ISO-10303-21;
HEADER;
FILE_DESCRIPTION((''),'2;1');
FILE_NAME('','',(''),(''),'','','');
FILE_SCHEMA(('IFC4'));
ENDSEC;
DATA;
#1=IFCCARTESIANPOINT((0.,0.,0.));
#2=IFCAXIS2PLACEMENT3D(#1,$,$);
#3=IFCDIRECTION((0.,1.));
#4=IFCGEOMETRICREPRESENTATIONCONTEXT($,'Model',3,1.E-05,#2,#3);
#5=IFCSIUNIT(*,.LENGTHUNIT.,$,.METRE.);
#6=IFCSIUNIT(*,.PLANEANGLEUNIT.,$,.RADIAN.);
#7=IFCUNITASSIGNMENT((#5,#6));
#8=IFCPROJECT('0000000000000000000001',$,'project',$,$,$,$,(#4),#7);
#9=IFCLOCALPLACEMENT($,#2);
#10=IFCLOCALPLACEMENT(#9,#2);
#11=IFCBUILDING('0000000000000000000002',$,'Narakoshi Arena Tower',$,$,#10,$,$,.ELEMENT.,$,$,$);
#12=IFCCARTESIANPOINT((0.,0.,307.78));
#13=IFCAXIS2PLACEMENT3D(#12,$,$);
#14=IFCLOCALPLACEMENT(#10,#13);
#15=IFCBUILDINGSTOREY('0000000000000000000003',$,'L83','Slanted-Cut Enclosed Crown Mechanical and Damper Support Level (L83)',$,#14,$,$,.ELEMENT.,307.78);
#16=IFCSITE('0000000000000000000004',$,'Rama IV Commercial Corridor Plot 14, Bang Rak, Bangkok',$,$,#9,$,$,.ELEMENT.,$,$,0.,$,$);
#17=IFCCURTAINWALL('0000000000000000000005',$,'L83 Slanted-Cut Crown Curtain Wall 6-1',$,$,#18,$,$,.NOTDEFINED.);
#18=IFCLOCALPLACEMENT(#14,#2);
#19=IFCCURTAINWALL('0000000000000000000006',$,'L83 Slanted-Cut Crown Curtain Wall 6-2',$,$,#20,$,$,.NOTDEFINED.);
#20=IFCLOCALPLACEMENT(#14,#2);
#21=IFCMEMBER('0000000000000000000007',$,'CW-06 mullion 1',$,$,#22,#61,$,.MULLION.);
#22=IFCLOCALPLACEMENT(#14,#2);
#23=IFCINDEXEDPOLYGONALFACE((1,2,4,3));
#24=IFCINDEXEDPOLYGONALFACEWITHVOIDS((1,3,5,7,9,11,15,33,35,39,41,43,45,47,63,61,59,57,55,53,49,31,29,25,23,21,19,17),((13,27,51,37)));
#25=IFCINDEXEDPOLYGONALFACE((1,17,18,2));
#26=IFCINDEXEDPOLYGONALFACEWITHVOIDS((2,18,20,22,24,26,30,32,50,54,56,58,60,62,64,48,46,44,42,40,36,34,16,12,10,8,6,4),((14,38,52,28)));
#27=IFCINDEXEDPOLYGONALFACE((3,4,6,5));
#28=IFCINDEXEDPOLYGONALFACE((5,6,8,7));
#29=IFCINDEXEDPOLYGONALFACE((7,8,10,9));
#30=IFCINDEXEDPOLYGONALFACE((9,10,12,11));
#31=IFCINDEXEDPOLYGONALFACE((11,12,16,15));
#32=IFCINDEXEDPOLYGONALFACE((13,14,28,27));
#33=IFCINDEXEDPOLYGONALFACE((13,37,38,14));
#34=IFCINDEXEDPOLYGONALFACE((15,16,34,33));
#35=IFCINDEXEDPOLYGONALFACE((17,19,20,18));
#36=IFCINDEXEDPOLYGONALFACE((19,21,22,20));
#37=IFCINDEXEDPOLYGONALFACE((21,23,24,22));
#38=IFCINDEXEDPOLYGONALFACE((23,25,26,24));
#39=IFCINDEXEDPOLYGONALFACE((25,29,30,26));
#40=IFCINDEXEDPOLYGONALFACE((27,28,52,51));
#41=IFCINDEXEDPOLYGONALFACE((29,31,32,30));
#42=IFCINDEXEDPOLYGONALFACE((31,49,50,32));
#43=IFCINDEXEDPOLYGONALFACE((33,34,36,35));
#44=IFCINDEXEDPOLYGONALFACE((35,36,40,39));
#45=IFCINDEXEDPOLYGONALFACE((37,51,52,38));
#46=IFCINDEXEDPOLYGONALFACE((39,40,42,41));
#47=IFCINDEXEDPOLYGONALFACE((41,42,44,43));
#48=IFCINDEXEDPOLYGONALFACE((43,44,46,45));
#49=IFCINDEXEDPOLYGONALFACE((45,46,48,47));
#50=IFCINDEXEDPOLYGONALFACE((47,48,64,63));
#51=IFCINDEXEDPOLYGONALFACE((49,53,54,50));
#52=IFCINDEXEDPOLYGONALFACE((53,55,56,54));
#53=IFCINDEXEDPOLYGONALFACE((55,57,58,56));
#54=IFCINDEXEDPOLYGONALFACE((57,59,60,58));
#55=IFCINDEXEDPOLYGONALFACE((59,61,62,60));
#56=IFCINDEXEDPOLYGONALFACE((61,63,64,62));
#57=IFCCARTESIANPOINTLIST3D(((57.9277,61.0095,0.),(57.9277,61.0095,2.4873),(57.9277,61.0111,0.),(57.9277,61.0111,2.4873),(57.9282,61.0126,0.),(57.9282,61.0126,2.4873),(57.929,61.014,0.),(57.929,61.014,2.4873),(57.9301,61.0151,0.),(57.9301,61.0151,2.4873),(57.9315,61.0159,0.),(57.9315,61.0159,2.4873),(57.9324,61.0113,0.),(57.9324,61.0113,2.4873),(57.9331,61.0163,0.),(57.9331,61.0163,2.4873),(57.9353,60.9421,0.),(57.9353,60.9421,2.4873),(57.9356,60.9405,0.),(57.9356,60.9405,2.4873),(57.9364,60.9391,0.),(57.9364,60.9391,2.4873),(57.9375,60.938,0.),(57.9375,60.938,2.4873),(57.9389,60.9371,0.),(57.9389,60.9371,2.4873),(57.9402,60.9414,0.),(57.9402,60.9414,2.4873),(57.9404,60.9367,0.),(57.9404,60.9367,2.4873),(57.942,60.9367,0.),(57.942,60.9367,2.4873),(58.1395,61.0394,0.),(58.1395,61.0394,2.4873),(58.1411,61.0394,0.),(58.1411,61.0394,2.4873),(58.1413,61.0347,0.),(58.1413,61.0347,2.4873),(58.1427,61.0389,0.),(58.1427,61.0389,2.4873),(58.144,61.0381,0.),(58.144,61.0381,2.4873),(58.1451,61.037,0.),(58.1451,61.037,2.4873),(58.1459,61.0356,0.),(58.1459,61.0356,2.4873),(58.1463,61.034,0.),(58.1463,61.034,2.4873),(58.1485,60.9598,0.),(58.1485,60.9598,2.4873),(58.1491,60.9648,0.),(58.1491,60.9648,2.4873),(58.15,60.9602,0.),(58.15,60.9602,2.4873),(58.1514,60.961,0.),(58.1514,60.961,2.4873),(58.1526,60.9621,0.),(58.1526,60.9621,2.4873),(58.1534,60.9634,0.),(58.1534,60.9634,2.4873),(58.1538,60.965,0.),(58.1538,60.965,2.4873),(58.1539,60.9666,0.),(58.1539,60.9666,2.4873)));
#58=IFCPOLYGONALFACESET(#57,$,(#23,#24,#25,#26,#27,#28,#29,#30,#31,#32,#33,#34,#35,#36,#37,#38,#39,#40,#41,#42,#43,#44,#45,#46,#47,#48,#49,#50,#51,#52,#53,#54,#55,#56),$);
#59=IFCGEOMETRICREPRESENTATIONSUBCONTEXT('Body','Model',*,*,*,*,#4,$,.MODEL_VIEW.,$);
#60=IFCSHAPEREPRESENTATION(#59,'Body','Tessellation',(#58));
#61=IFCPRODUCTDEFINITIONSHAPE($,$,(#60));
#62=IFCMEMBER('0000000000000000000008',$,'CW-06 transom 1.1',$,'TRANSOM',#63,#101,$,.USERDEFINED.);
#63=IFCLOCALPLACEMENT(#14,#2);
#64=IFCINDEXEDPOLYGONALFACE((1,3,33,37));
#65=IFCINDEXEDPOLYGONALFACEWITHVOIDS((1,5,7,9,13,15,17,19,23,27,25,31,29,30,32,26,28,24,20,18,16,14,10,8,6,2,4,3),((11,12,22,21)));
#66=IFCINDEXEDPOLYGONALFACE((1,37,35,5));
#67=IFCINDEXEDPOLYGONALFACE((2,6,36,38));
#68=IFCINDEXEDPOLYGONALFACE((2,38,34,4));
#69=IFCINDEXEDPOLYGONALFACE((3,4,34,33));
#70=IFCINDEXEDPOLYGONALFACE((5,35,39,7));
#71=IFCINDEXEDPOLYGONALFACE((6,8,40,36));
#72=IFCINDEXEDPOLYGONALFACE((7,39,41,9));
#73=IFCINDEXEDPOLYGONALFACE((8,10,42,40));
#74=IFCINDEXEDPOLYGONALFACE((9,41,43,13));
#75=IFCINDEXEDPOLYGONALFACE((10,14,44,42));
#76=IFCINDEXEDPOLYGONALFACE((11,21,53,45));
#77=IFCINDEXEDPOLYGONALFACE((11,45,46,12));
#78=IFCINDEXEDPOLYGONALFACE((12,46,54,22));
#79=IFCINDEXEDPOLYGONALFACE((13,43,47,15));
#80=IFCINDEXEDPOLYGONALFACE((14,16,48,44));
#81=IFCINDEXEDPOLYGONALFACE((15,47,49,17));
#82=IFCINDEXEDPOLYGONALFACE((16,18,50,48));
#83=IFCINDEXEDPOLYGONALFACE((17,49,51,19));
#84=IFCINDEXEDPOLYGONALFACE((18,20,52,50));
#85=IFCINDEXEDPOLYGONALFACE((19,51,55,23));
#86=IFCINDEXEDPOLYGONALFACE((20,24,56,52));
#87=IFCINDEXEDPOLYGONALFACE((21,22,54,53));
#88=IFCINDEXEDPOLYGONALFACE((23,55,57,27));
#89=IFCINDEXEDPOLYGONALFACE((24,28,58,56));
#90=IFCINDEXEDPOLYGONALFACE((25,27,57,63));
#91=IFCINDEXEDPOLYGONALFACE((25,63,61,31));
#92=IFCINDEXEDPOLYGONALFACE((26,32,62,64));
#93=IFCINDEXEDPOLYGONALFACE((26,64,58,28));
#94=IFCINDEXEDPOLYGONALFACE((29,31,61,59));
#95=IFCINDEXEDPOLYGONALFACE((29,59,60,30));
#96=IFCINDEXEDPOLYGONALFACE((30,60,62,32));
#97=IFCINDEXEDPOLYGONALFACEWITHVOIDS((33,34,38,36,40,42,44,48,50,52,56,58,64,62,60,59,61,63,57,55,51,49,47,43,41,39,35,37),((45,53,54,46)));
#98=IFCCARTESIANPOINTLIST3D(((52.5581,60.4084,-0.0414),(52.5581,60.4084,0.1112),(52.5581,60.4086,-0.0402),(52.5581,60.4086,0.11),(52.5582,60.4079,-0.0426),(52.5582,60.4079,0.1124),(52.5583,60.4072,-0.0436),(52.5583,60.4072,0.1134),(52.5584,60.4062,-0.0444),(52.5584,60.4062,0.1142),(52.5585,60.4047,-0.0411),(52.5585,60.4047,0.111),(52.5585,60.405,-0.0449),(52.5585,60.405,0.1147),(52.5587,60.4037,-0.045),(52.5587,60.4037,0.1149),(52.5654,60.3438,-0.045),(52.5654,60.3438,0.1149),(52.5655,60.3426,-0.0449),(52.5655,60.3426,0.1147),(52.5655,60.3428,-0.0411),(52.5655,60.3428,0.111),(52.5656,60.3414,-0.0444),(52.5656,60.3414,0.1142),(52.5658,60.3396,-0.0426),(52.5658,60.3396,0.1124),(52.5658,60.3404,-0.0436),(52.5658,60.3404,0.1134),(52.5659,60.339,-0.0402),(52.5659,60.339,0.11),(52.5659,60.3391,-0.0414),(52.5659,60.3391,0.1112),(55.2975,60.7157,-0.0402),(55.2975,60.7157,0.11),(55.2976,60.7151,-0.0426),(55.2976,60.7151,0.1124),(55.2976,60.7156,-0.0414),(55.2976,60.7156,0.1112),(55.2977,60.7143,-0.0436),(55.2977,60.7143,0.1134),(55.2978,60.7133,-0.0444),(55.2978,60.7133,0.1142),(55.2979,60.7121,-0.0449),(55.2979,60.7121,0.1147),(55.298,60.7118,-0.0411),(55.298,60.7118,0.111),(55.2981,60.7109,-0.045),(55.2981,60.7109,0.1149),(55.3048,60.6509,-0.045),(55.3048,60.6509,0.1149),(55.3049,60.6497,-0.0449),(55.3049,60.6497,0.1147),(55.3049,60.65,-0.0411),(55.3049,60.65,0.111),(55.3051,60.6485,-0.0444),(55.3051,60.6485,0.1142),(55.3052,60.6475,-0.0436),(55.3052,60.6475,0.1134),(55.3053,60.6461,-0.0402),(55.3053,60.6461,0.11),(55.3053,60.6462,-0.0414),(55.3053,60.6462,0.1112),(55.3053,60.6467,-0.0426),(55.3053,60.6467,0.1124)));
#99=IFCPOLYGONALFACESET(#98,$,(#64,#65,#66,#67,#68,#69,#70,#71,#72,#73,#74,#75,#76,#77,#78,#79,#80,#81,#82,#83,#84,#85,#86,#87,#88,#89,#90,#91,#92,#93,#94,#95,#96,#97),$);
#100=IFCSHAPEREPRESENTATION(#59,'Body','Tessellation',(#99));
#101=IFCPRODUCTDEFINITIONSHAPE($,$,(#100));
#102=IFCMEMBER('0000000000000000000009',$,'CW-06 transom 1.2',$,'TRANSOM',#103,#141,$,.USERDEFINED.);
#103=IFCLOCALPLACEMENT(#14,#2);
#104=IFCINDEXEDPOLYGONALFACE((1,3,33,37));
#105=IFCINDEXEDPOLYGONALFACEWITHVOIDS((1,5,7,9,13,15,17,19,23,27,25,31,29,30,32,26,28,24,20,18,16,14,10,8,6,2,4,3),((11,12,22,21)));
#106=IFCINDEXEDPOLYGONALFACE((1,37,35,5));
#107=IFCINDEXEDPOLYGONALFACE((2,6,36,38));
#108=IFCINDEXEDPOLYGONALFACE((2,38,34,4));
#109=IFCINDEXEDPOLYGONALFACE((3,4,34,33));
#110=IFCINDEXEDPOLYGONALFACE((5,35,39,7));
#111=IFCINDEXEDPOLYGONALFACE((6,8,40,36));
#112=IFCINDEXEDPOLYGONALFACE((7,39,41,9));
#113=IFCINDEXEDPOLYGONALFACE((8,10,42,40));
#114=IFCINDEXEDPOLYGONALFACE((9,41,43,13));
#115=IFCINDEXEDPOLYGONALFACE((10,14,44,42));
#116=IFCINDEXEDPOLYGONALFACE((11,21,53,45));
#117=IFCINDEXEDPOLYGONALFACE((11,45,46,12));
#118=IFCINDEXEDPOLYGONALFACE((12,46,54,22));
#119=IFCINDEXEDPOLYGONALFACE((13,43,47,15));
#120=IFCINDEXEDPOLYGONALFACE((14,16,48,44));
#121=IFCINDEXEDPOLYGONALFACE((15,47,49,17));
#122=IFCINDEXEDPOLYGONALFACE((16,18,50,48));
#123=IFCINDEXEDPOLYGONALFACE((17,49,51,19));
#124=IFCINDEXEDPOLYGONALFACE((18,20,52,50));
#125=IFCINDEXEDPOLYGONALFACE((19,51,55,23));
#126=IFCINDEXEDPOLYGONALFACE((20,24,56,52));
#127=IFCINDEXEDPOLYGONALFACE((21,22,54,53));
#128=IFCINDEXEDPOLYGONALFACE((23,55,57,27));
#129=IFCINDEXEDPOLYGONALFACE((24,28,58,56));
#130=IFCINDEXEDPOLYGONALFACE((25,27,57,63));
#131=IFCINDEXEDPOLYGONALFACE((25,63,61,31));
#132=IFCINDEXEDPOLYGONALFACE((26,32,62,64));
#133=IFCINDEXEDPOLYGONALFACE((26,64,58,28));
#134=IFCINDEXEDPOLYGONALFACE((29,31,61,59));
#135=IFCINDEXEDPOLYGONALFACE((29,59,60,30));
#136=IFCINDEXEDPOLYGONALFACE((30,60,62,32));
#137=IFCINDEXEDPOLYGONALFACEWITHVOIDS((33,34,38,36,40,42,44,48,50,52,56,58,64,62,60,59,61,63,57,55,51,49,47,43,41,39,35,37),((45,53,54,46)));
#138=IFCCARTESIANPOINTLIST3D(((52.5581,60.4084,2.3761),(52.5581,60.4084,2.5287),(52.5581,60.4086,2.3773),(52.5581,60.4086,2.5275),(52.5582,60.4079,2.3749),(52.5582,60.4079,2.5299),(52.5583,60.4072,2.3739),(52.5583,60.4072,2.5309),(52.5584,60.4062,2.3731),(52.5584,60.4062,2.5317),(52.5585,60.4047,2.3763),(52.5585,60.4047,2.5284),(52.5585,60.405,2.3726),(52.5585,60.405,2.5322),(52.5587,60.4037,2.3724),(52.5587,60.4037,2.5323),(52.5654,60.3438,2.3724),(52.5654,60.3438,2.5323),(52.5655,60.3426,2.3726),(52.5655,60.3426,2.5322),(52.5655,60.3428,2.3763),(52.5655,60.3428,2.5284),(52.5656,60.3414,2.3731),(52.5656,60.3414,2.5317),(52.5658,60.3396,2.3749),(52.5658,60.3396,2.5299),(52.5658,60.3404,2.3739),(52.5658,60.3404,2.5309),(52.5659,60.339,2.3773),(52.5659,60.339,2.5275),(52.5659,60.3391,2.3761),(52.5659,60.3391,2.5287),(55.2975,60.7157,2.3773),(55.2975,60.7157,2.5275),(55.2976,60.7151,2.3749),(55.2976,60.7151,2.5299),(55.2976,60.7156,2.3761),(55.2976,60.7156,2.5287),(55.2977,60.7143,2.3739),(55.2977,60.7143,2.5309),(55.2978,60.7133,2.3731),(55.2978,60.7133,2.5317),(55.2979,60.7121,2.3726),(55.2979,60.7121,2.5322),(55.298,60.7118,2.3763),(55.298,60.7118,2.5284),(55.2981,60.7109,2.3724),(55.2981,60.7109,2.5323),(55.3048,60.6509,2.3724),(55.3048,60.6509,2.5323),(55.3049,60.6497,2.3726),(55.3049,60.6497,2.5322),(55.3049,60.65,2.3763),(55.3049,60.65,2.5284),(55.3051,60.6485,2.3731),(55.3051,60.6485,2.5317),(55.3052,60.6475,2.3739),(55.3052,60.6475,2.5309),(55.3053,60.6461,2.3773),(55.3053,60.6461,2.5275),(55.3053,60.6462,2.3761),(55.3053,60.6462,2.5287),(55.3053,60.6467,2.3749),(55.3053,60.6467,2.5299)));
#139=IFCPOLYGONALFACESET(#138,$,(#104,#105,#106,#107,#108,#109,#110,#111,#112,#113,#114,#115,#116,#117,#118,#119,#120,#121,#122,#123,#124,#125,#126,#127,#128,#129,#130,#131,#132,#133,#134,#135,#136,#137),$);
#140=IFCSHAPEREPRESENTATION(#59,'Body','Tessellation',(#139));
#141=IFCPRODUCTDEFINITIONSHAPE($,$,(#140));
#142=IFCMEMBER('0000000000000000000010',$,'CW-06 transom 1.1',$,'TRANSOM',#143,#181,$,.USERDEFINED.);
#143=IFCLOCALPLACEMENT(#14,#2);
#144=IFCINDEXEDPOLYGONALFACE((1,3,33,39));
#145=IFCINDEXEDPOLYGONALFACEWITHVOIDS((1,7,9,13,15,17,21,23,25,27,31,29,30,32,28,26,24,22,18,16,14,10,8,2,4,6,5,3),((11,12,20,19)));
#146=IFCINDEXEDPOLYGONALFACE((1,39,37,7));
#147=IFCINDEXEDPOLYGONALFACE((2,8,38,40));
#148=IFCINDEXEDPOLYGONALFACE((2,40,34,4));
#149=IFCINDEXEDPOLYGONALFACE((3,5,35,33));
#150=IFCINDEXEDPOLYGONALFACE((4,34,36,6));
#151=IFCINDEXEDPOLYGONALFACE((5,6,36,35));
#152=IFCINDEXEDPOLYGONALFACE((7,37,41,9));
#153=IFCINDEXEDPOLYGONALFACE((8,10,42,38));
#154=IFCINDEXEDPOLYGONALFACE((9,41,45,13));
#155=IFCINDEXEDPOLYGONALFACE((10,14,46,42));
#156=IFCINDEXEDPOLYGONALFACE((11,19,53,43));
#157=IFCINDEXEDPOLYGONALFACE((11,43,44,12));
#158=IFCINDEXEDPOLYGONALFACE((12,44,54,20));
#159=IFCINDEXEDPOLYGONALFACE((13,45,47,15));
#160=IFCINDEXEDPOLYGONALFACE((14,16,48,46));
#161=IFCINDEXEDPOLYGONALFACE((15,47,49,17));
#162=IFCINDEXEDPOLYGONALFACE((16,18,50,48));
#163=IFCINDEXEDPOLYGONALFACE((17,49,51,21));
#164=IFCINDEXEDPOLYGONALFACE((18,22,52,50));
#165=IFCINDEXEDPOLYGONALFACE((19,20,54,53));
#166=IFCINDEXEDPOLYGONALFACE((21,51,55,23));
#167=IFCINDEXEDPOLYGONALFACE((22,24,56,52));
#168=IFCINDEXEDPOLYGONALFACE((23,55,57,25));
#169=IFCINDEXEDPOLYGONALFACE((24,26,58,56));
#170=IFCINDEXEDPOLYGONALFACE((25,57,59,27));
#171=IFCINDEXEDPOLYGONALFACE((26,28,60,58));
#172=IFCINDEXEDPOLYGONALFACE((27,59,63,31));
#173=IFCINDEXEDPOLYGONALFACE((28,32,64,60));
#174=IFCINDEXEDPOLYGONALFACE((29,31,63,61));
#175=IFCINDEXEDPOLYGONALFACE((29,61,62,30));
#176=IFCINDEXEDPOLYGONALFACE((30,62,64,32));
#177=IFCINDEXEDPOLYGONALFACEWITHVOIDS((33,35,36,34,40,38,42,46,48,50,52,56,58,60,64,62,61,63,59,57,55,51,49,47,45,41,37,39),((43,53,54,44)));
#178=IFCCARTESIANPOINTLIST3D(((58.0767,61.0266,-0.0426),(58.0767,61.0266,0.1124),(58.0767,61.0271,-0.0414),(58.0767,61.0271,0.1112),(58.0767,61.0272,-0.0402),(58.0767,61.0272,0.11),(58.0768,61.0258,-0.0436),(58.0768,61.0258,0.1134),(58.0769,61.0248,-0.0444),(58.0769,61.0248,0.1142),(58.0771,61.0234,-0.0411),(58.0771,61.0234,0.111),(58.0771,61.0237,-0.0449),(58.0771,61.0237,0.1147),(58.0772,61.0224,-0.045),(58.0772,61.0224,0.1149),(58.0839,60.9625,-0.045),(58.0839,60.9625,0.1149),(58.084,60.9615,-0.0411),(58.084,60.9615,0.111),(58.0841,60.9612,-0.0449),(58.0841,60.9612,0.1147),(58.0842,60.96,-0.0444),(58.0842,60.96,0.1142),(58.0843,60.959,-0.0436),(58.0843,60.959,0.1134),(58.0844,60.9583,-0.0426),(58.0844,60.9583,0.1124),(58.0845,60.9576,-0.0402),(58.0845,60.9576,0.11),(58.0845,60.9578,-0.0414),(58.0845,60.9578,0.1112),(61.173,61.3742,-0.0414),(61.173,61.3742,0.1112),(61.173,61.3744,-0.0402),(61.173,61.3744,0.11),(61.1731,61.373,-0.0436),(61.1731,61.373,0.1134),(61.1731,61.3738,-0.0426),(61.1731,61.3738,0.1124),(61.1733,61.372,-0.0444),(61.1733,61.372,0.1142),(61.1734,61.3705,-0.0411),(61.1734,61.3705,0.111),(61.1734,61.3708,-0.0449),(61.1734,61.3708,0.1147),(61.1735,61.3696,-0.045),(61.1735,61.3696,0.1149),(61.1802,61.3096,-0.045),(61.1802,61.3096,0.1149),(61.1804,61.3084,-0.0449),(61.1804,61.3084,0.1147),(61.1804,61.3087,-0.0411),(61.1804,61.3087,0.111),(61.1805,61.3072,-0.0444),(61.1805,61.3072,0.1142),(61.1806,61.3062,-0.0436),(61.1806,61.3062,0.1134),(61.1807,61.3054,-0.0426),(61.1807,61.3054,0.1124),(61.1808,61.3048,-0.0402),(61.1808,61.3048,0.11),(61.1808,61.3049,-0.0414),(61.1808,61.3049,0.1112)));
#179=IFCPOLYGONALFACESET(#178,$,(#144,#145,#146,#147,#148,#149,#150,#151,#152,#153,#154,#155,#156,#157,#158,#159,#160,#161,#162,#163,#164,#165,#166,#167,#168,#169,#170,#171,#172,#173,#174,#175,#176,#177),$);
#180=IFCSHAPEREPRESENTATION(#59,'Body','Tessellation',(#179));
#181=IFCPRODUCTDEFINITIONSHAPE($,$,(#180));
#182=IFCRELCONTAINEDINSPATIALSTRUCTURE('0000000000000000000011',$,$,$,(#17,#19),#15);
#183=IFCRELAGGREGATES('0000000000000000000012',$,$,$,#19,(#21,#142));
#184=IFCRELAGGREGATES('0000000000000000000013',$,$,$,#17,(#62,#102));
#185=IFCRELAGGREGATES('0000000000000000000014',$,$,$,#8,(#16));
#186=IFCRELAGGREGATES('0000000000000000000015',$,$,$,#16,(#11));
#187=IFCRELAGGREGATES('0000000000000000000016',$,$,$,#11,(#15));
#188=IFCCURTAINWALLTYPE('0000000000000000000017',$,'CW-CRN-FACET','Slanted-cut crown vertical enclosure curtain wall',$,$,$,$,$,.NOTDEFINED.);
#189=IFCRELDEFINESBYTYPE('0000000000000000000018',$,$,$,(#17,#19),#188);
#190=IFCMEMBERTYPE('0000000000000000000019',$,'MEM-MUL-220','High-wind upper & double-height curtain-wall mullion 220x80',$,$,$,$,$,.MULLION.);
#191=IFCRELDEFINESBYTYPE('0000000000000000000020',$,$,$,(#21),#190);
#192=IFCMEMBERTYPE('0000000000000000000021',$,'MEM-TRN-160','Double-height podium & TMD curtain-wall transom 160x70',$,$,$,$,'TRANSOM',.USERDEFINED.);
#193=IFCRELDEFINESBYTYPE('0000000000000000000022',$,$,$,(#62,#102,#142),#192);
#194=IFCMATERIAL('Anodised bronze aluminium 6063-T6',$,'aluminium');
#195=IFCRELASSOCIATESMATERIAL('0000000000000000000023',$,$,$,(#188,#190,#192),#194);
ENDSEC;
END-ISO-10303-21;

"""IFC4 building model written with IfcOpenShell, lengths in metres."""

from ifc_helpers import new_model, si_unit, direction, frame, origin, origin_2d, place, context, subcontext, project, spatial, hollow_rectangle, extrude, material, material_profile, profile_set, type_object, element, aggregate, save


model = new_model("IFC4")

# Units and contexts
model_context = context("Model", 3, precision=1e-05, world=origin(), true_north=direction((0.0, 1.0)))
body_context = subcontext(model_context, "Body", "Model", "MODEL_VIEW")
ifc_project = project(units=[si_unit("LENGTHUNIT", "METRE"), si_unit("PLANEANGLEUNIT", "RADIAN")], contexts=[model_context])

# Site, building, storey
site_placement = place(None, origin())
site = spatial("IfcSite", under=ifc_project, at=site_placement, Name="Rama IV Commercial Corridor Plot 14, Bang Rak, Bangkok", CompositionType="ELEMENT", RefElevation=0.0)
building_placement = place(site_placement, origin())
building = spatial("IfcBuilding", under=site, at=building_placement, Name="Narakoshi Arena Tower", CompositionType="ELEMENT")
storey_placement = place(building_placement, frame((0.0, 0.0, 307.78)))
storey = spatial("IfcBuildingStorey", under=building, at=storey_placement, Name="L83", Description="Slanted-Cut Enclosed Crown Mechanical and Damper Support Level (L83)", CompositionType="ELEMENT", Elevation=307.78)

# Curtain wall
ifc_material_1 = material(Name="Anodised bronze aluminium 6063-T6", Category="aluminium")
curtain_wall_type = type_object("IfcCurtainWallType", Name="CW-CRN-FACET", Description="Slanted-cut crown vertical enclosure curtain wall", PredefinedType="NOTDEFINED", material=ifc_material_1)
curtain_wall_1_placement = place(storey_placement, origin())
curtain_wall_1 = element("IfcCurtainWall", 1, at=curtain_wall_1_placement, inside=storey, type_object=curtain_wall_type, Name="L83 Slanted-Cut Crown Curtain Wall 6-1", PredefinedType="NOTDEFINED")
ifc_material_profile_1 = material_profile(ifc_material_1, hollow_rectangle(XDim=0.0801, YDim=0.22, WallThickness=0.0049, OuterFilletRadius=0.0061, at=origin_2d()), Name="MUL220x80x5")
ifc_profile_set_1 = profile_set([ifc_material_profile_1], Name="Anodised bronze aluminium 6063-T6")
member_type_1 = type_object("IfcMemberType", Name="MEM-MUL-220", Description="High-wind upper & double-height curtain-wall mullion 220x80", PredefinedType="MULLION", material=ifc_profile_set_1)

# Curtain wall, member
curtain_wall_2_placement = place(storey_placement, origin())
curtain_wall_2 = element("IfcCurtainWall", 2, at=curtain_wall_2_placement, inside=storey, type_object=curtain_wall_type, Name="L83 Slanted-Cut Crown Curtain Wall 6-2", PredefinedType="NOTDEFINED")
member_1_placement = place(storey_placement, frame((58.0408, 60.988, 0.0), z_axis=(0.0, 0.0, 1.0), x_axis=(-0.111395, 0.993776, 0.0)))
member_1 = element("IfcMember", 3, at=member_1_placement, type_object=member_type_1, Name="CW-06 mullion 1", PredefinedType="MULLION", context=body_context, shape_type="SweptSolid", body=[
    extrude(hollow_rectangle(XDim=0.0801, YDim=0.22, WallThickness=0.0049, OuterFilletRadius=0.0061, at=origin_2d()), origin(), (0.0, 0.0, 1.0), 2.4873),
])

# Members
ifc_material_profile_2 = material_profile(ifc_material_1, hollow_rectangle(XDim=0.0701, YDim=0.1599, WallThickness=0.0039, OuterFilletRadius=0.0049, at=origin_2d()), Name="TRN160x70x4")
ifc_profile_set_2 = profile_set([ifc_material_profile_2], Name="Anodised bronze aluminium 6063-T6")
member_type_2 = type_object("IfcMemberType", Name="MEM-TRN-160", Description="Double-height podium & TMD curtain-wall transom 160x70", ElementType="TRANSOM", PredefinedType="USERDEFINED", material=ifc_profile_set_2)
member_2_placement = place(storey_placement, frame((52.562, 60.3738, 0.0349), z_axis=(0.993774, 0.111413, 0.0), x_axis=(-0.111413, 0.993774, 0.0)))
member_2 = element("IfcMember", 4, at=member_2_placement, type_object=member_type_2, Name="CW-06 transom 1.1", ObjectType="TRANSOM", PredefinedType="USERDEFINED", context=body_context, shape_type="SweptSolid", body=[
    extrude(hollow_rectangle(XDim=0.0701, YDim=0.1599, WallThickness=0.0039, OuterFilletRadius=0.0049, at=origin_2d()), origin(), (0.0, 0.0, 1.0), 2.7566),
])
member_3_placement = place(storey_placement, frame((52.562, 60.3738, 2.4524), z_axis=(0.993774, 0.111413, 0.0), x_axis=(-0.111413, 0.993774, 0.0)))
member_3 = element("IfcMember", 5, at=member_3_placement, type_object=member_type_2, Name="CW-06 transom 1.2", ObjectType="TRANSOM", PredefinedType="USERDEFINED", context=body_context, shape_type="SweptSolid", body=[
    extrude(hollow_rectangle(XDim=0.0701, YDim=0.1599, WallThickness=0.0039, OuterFilletRadius=0.0049, at=origin_2d()), origin(), (0.0, 0.0, 1.0), 2.7566),
])
member_4_placement = place(storey_placement, frame((58.0806, 60.9924, 0.0349), z_axis=(0.993773, 0.11142, 0.0), x_axis=(-0.11142, 0.993773, 0.0)))
member_4 = element("IfcMember", 6, at=member_4_placement, type_object=member_type_2, Name="CW-06 transom 1.1", ObjectType="TRANSOM", PredefinedType="USERDEFINED", context=body_context, shape_type="SweptSolid", body=[
    extrude(hollow_rectangle(XDim=0.0701, YDim=0.1599, WallThickness=0.0039, OuterFilletRadius=0.0049, at=origin_2d()), origin(), (0.0, 0.0, 1.0), 3.1157),
])
aggregate(curtain_wall_2, [member_1, member_4])

aggregate(curtain_wall_1, [member_2, member_3])

save(model, "model.ifc")
